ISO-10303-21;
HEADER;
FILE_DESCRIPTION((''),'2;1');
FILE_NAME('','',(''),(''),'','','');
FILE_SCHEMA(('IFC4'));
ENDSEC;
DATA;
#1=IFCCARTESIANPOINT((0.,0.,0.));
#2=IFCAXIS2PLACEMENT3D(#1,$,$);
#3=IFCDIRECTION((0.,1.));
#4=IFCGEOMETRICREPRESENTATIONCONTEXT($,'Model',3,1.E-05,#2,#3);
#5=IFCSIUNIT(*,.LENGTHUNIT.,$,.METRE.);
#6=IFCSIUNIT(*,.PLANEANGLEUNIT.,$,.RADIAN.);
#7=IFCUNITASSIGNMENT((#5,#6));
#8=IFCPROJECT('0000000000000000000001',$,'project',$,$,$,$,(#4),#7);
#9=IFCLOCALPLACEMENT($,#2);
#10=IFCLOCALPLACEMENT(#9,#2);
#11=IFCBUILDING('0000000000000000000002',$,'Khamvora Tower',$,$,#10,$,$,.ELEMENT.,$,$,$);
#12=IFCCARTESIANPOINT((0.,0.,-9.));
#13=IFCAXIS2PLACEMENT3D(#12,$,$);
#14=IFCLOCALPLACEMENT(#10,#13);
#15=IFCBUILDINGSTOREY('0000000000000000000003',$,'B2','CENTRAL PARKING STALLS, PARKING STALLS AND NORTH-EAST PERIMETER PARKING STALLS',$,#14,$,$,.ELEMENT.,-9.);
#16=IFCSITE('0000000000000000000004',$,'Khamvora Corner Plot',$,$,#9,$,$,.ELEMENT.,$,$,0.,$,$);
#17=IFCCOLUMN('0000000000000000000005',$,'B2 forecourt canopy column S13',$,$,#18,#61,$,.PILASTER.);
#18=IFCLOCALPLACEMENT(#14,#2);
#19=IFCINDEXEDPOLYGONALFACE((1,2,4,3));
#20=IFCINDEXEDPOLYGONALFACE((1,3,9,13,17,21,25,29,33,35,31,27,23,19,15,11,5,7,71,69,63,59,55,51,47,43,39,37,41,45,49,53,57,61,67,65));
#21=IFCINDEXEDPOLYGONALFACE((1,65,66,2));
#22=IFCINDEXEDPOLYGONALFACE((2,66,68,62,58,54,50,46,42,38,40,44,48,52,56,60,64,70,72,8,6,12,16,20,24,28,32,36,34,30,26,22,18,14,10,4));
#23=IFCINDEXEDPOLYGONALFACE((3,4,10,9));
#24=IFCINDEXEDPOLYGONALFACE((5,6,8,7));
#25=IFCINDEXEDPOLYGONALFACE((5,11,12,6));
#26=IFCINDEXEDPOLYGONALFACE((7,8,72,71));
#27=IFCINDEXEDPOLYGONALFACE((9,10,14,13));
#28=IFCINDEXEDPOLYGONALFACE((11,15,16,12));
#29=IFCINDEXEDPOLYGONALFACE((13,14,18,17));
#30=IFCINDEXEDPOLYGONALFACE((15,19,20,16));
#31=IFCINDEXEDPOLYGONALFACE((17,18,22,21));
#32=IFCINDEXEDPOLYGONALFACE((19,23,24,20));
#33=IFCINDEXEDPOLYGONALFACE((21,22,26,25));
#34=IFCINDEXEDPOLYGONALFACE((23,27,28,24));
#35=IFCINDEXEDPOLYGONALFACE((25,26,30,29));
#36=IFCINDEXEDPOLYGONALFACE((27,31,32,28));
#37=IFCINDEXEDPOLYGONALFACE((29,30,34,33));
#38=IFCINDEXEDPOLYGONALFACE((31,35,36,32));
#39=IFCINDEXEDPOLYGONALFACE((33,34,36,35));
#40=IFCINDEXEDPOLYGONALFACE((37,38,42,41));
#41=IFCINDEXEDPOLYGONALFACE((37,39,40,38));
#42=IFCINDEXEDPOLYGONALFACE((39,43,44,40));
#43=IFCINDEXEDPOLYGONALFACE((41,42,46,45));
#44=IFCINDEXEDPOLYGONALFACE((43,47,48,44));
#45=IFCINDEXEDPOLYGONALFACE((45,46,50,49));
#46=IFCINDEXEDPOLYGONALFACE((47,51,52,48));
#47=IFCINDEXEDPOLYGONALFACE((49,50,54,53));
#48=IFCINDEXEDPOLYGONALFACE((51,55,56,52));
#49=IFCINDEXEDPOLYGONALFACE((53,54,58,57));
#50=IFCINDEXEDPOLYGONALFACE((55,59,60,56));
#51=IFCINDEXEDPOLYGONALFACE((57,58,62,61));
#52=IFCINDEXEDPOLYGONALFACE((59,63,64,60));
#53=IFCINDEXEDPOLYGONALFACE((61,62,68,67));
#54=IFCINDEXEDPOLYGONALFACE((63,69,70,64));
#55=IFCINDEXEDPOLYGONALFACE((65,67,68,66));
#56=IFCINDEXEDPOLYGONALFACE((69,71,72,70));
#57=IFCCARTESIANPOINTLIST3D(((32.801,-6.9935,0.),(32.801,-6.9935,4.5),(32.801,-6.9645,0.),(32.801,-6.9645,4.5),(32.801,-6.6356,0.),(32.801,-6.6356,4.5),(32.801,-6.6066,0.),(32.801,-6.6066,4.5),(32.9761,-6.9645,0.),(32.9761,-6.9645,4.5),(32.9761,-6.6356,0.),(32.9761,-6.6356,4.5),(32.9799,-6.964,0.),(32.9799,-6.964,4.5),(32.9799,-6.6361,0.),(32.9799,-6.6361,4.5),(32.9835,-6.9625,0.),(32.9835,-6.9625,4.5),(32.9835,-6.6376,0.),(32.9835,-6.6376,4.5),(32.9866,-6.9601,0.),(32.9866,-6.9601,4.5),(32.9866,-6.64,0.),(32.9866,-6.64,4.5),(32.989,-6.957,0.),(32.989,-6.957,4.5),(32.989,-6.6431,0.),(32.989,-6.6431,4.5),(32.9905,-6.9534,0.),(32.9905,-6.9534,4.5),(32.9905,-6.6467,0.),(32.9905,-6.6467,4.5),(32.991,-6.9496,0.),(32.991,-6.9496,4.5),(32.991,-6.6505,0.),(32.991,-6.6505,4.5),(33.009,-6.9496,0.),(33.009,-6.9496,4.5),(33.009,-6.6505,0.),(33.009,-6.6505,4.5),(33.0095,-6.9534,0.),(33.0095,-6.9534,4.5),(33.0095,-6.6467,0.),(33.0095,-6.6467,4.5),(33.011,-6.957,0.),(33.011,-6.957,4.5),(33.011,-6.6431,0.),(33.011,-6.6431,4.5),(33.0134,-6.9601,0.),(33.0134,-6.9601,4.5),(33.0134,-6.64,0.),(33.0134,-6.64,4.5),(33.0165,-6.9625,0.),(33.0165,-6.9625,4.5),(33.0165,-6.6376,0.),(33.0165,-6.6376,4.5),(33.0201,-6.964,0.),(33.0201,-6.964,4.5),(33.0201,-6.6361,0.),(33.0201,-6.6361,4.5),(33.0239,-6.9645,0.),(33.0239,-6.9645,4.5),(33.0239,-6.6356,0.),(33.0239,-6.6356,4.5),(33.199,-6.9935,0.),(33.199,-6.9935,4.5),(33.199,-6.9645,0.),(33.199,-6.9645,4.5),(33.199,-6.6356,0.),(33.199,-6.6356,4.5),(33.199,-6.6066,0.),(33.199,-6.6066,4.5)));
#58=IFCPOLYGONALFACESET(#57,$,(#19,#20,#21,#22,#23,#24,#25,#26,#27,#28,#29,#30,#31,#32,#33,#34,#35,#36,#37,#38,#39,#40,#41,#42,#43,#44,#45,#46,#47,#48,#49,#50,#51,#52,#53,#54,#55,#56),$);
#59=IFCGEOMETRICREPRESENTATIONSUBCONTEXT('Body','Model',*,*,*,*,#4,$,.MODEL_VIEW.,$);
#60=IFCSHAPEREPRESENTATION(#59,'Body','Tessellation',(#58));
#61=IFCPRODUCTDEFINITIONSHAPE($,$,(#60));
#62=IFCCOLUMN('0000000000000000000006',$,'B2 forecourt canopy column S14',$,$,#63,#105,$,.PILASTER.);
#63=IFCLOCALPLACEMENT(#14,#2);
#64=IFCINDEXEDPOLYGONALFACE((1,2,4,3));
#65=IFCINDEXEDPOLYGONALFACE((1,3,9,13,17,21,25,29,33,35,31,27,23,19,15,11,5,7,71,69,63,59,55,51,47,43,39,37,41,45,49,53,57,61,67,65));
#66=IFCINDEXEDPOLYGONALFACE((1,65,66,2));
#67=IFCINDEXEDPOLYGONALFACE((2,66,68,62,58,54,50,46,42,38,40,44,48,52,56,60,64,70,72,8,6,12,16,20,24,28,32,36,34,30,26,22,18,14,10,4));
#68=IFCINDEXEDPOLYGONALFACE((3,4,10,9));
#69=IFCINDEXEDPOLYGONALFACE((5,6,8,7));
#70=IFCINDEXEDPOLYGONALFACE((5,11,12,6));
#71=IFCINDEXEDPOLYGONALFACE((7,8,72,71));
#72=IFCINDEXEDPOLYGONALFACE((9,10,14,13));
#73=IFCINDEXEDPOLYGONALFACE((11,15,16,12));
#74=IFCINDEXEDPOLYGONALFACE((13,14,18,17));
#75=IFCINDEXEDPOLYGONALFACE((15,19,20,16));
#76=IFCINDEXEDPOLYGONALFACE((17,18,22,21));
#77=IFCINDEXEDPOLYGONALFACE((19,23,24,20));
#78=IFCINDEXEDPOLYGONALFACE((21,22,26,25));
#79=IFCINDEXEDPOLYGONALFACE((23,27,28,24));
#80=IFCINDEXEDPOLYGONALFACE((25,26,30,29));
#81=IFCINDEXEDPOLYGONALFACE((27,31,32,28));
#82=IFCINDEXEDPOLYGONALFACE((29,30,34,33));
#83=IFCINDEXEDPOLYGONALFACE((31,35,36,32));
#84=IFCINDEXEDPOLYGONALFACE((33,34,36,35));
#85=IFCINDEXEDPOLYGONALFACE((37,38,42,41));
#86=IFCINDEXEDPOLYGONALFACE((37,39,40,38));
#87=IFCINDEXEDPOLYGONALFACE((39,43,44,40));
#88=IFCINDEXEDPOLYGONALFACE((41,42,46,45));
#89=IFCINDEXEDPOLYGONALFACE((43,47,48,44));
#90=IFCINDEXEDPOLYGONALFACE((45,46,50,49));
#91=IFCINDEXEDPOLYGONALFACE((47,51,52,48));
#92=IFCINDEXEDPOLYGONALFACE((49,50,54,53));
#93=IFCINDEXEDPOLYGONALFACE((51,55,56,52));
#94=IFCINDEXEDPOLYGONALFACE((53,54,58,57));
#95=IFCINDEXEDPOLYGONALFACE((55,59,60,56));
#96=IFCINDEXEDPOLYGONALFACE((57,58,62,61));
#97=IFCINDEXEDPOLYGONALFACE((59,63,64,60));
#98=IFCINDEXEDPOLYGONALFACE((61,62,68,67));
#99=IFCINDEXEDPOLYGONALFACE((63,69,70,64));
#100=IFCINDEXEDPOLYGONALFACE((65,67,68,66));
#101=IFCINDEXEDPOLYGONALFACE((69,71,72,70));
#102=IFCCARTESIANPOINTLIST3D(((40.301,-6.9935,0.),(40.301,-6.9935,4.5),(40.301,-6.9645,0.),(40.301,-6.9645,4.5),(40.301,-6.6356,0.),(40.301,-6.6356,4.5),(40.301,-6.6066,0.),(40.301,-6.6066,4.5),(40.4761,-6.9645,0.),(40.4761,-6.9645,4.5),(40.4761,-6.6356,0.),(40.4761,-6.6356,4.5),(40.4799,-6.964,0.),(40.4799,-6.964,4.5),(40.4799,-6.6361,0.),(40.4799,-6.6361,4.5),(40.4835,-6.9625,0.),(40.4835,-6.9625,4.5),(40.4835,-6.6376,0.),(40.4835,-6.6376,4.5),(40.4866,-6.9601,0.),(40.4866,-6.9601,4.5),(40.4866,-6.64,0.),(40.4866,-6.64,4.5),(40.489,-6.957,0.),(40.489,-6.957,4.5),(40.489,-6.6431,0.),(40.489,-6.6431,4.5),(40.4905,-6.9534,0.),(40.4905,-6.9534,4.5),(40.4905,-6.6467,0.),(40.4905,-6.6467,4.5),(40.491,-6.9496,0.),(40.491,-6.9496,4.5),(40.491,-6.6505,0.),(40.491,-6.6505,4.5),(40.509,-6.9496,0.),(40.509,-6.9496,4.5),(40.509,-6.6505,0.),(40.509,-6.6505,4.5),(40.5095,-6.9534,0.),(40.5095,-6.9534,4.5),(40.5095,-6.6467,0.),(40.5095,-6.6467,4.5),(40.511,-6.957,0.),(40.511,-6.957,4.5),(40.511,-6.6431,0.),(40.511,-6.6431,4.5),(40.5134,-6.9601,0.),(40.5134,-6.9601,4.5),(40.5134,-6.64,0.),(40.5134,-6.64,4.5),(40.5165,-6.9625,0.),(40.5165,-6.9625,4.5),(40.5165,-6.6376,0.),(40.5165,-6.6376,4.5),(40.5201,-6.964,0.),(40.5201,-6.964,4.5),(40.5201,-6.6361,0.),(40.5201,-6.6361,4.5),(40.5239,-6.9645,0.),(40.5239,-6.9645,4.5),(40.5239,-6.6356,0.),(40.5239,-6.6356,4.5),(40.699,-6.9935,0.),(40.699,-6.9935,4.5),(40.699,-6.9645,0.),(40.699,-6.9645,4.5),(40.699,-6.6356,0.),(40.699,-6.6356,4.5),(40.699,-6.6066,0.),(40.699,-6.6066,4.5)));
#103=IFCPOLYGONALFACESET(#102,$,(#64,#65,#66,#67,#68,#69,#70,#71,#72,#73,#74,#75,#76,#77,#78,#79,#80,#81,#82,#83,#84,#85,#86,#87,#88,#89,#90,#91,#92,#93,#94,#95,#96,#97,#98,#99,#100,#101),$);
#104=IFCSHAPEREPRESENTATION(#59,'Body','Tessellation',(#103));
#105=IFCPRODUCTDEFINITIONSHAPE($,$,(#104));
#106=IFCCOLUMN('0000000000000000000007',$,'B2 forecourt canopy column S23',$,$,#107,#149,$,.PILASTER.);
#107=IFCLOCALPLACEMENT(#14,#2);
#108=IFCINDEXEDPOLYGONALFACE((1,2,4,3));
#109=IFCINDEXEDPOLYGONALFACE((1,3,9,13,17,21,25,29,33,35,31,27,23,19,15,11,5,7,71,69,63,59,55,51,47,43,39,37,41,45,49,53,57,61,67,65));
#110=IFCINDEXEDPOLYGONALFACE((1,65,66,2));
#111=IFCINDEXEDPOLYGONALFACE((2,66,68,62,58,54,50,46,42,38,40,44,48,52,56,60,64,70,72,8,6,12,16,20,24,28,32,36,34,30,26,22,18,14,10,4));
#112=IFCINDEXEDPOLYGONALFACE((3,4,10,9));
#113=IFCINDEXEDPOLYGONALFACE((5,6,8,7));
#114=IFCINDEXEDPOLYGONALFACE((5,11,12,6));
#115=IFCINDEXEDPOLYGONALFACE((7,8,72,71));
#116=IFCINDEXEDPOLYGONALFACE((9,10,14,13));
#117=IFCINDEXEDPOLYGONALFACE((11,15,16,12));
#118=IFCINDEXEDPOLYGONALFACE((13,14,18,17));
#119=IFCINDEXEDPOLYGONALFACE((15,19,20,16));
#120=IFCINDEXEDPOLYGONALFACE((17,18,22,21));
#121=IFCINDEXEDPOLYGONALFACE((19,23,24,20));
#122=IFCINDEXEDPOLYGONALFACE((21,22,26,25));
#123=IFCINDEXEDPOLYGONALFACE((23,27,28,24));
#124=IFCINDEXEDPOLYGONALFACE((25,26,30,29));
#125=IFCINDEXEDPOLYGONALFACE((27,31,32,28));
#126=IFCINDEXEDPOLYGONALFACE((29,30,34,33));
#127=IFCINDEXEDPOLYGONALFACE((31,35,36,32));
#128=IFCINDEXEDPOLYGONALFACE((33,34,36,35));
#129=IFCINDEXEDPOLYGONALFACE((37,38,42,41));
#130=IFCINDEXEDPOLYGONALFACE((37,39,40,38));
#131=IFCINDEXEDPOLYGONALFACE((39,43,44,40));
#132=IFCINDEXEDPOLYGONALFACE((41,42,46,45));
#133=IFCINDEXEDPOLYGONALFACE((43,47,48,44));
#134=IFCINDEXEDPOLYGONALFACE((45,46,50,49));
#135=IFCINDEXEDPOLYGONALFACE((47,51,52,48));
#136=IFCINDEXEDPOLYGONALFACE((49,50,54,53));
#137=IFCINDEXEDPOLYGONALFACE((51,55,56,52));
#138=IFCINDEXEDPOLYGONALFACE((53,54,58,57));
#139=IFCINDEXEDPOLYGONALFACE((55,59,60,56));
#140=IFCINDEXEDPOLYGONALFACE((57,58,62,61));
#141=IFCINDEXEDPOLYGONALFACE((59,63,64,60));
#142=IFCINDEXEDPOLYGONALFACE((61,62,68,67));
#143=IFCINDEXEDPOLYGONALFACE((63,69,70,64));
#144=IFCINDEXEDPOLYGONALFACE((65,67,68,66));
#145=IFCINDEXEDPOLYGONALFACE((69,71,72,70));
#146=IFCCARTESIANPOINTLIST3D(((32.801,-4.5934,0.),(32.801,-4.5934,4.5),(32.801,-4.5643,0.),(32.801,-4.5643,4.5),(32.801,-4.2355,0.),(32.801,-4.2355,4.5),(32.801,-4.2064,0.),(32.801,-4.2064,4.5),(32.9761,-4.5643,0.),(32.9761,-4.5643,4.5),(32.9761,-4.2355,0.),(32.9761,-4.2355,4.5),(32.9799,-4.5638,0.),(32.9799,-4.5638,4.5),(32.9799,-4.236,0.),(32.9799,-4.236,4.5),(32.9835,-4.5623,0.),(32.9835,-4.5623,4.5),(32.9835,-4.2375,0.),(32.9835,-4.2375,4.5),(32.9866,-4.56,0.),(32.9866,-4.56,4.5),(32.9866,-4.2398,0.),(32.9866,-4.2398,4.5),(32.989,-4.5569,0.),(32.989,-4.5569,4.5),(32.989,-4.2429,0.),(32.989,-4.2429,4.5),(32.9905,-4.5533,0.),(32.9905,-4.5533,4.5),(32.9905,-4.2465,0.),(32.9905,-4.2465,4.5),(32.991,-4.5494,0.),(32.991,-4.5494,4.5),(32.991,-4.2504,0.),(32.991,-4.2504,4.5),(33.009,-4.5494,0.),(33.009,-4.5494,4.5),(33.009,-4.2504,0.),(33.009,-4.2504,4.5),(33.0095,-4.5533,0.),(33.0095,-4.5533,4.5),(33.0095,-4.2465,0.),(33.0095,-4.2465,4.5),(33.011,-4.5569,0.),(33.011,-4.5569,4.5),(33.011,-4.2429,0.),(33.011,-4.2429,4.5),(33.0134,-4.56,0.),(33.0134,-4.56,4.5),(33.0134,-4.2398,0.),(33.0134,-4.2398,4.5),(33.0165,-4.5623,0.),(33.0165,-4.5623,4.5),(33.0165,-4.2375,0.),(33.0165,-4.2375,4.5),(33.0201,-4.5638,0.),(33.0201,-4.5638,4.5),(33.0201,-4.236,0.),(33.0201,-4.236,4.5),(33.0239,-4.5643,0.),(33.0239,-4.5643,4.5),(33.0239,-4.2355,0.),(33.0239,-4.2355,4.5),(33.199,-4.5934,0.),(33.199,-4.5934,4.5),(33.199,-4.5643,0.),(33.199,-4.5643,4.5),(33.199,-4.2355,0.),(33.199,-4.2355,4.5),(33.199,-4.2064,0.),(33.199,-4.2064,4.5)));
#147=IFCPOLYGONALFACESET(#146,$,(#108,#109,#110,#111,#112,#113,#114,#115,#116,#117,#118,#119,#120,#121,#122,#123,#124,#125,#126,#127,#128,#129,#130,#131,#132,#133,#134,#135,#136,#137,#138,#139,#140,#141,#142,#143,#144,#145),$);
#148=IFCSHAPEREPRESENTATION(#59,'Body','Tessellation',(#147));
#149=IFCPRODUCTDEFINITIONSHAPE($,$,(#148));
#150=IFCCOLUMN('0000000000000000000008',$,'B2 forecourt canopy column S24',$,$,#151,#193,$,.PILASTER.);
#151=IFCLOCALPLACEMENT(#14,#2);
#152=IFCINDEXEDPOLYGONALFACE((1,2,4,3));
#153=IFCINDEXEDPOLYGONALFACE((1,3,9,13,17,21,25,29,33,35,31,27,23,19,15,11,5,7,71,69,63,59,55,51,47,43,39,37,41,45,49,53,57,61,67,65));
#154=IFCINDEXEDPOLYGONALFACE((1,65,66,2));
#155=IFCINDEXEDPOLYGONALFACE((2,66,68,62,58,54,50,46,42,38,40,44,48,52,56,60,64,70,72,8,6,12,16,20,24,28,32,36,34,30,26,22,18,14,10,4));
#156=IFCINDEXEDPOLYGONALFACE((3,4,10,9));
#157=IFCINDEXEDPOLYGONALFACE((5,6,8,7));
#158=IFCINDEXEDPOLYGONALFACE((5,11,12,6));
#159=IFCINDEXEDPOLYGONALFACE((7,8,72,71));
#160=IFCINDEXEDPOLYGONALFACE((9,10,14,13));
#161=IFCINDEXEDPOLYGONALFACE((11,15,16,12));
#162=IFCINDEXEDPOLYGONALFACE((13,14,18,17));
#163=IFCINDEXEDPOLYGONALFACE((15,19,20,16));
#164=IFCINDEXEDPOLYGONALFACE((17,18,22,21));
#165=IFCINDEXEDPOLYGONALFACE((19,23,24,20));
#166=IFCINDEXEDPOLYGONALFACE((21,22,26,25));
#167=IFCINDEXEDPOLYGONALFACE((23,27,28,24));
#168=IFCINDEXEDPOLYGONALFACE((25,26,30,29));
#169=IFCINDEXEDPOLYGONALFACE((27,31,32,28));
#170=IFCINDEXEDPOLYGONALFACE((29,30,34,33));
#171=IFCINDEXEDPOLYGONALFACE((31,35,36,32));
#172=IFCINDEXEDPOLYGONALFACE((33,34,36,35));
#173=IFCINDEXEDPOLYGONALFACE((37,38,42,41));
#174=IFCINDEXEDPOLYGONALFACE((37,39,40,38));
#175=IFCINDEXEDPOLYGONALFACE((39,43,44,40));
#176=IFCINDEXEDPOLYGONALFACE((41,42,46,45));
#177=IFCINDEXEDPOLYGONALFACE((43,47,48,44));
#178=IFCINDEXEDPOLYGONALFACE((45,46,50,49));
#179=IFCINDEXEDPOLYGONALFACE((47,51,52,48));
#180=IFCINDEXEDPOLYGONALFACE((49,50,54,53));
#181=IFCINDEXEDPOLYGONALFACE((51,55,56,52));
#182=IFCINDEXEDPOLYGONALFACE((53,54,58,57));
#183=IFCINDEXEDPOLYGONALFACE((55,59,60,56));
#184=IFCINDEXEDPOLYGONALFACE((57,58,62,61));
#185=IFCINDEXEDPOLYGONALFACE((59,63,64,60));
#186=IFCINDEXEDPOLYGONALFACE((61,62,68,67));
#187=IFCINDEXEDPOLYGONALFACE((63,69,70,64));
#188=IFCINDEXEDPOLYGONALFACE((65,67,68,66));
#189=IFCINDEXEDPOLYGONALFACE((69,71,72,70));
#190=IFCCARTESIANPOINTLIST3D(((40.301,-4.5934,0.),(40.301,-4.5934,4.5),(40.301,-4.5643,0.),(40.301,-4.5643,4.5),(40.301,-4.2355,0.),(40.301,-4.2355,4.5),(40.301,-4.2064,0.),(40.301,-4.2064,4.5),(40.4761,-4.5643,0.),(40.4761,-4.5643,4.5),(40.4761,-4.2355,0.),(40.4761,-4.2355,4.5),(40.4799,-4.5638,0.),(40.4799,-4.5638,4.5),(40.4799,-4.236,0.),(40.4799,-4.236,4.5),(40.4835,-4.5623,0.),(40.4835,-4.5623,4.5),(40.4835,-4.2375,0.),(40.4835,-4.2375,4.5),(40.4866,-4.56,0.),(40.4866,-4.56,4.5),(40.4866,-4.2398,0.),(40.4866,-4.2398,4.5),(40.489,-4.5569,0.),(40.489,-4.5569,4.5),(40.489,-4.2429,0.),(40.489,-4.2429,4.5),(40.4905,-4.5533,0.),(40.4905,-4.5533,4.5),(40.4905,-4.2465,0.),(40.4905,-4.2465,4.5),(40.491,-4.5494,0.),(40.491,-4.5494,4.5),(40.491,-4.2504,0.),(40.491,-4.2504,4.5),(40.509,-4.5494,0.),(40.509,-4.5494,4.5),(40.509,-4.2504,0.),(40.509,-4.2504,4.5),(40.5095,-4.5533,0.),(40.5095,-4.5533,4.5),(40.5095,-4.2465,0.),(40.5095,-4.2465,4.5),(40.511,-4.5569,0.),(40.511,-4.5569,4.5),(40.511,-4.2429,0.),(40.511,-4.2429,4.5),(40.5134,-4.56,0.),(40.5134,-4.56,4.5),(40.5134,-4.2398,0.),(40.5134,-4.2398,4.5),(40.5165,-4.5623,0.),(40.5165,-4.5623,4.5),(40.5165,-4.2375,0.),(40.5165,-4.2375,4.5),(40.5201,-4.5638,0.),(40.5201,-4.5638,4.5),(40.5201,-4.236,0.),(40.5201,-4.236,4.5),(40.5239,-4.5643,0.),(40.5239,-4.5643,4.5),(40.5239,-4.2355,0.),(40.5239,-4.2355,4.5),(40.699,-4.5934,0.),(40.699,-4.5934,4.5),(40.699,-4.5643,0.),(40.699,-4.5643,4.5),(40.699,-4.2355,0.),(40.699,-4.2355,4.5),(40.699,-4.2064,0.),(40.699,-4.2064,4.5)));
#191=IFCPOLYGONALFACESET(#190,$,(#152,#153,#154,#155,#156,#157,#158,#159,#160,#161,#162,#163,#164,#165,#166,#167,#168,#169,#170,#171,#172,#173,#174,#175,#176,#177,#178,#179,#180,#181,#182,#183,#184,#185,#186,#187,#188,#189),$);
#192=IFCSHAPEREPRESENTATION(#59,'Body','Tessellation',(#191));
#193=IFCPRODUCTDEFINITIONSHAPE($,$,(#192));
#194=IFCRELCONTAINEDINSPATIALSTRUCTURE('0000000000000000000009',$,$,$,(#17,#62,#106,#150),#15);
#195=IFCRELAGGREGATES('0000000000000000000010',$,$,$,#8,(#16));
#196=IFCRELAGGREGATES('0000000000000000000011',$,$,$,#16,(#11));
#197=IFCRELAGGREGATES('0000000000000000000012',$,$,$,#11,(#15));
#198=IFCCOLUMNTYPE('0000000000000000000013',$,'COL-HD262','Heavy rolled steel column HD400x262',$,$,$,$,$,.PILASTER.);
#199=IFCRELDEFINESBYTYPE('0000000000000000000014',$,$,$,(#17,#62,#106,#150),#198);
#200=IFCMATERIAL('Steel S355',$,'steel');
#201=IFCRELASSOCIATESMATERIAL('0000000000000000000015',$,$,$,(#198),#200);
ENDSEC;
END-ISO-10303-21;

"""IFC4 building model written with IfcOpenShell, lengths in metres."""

from ifc_helpers import new_model, si_unit, direction, frame, origin, origin_2d, place, context, subcontext, project, spatial, i_section, extrude, material, material_profile, profile_set, type_object, element, save


model = new_model("IFC4")

# Units and contexts
model_context = context("Model", 3, precision=1e-05, world=origin(), true_north=direction((0.0, 1.0)))
body_context = subcontext(model_context, "Body", "Model", "MODEL_VIEW")
ifc_project = project(units=[si_unit("LENGTHUNIT", "METRE"), si_unit("PLANEANGLEUNIT", "RADIAN")], contexts=[model_context])

# Site, building, storey
site_placement = place(None, origin())
site = spatial("IfcSite", under=ifc_project, at=site_placement, Name="Khamvora Corner Plot", CompositionType="ELEMENT", RefElevation=0.0)
building_placement = place(site_placement, origin())
building = spatial("IfcBuilding", under=site, at=building_placement, Name="Khamvora Tower", CompositionType="ELEMENT")
storey_placement = place(building_placement, frame((0.0, 0.0, -9.0)))
storey = spatial("IfcBuildingStorey", under=building, at=storey_placement, Name="B2", Description="CENTRAL PARKING STALLS, PARKING STALLS AND NORTH-EAST PERIMETER PARKING STALLS", CompositionType="ELEMENT", Elevation=-9.0)

# Columns
ifc_material_1 = material(Name="Steel S355", Category="steel")
ifc_material_profile_1 = material_profile(ifc_material_1, i_section(OverallWidth=0.3979, OverallDepth=0.387, WebThickness=0.0181, FlangeThickness=0.0291, FilletRadius=0.0149, at=origin_2d()), Name="HD400x262")
ifc_profile_set_1 = profile_set([ifc_material_profile_1], Name="Steel S355")
column_type_1 = type_object("IfcColumnType", Name="COL-HD262", Description="Heavy rolled steel column HD400x262", PredefinedType="PILASTER", material=ifc_profile_set_1)
for number, where, z_axis, x_axis, name in (
    (1, (33.0, -6.8, 0.0), (0.0, 0.0, 1.0), (1.0, 0.0, 0.0), "B2 forecourt canopy column S13"),
    (2, (40.5, -6.8, 0.0), (0.0, 0.0, 1.0), (1.0, 0.0, 0.0), "B2 forecourt canopy column S14"),
    (3, (33.0, -4.3999, 0.0), (0.0, 0.0, 1.0), (1.0, 0.0, 0.0), "B2 forecourt canopy column S23"),
    (4, (40.5, -4.3999, 0.0), (0.0, 0.0, 1.0), (1.0, 0.0, 0.0), "B2 forecourt canopy column S24"),
):
    element("IfcColumn", number, at=place(storey_placement, frame(where, z_axis=z_axis, x_axis=x_axis)), inside=storey, type_object=column_type_1, Name=name, PredefinedType="PILASTER", context=body_context, shape_type="SweptSolid", body=[
        extrude(i_section(OverallWidth=0.3979, OverallDepth=0.387, WebThickness=0.0181, FlangeThickness=0.0291, FilletRadius=0.0149, at=origin_2d()), origin(), (0.0, 0.0, 1.0), 4.5),
    ])

save(model, "model.ifc")
